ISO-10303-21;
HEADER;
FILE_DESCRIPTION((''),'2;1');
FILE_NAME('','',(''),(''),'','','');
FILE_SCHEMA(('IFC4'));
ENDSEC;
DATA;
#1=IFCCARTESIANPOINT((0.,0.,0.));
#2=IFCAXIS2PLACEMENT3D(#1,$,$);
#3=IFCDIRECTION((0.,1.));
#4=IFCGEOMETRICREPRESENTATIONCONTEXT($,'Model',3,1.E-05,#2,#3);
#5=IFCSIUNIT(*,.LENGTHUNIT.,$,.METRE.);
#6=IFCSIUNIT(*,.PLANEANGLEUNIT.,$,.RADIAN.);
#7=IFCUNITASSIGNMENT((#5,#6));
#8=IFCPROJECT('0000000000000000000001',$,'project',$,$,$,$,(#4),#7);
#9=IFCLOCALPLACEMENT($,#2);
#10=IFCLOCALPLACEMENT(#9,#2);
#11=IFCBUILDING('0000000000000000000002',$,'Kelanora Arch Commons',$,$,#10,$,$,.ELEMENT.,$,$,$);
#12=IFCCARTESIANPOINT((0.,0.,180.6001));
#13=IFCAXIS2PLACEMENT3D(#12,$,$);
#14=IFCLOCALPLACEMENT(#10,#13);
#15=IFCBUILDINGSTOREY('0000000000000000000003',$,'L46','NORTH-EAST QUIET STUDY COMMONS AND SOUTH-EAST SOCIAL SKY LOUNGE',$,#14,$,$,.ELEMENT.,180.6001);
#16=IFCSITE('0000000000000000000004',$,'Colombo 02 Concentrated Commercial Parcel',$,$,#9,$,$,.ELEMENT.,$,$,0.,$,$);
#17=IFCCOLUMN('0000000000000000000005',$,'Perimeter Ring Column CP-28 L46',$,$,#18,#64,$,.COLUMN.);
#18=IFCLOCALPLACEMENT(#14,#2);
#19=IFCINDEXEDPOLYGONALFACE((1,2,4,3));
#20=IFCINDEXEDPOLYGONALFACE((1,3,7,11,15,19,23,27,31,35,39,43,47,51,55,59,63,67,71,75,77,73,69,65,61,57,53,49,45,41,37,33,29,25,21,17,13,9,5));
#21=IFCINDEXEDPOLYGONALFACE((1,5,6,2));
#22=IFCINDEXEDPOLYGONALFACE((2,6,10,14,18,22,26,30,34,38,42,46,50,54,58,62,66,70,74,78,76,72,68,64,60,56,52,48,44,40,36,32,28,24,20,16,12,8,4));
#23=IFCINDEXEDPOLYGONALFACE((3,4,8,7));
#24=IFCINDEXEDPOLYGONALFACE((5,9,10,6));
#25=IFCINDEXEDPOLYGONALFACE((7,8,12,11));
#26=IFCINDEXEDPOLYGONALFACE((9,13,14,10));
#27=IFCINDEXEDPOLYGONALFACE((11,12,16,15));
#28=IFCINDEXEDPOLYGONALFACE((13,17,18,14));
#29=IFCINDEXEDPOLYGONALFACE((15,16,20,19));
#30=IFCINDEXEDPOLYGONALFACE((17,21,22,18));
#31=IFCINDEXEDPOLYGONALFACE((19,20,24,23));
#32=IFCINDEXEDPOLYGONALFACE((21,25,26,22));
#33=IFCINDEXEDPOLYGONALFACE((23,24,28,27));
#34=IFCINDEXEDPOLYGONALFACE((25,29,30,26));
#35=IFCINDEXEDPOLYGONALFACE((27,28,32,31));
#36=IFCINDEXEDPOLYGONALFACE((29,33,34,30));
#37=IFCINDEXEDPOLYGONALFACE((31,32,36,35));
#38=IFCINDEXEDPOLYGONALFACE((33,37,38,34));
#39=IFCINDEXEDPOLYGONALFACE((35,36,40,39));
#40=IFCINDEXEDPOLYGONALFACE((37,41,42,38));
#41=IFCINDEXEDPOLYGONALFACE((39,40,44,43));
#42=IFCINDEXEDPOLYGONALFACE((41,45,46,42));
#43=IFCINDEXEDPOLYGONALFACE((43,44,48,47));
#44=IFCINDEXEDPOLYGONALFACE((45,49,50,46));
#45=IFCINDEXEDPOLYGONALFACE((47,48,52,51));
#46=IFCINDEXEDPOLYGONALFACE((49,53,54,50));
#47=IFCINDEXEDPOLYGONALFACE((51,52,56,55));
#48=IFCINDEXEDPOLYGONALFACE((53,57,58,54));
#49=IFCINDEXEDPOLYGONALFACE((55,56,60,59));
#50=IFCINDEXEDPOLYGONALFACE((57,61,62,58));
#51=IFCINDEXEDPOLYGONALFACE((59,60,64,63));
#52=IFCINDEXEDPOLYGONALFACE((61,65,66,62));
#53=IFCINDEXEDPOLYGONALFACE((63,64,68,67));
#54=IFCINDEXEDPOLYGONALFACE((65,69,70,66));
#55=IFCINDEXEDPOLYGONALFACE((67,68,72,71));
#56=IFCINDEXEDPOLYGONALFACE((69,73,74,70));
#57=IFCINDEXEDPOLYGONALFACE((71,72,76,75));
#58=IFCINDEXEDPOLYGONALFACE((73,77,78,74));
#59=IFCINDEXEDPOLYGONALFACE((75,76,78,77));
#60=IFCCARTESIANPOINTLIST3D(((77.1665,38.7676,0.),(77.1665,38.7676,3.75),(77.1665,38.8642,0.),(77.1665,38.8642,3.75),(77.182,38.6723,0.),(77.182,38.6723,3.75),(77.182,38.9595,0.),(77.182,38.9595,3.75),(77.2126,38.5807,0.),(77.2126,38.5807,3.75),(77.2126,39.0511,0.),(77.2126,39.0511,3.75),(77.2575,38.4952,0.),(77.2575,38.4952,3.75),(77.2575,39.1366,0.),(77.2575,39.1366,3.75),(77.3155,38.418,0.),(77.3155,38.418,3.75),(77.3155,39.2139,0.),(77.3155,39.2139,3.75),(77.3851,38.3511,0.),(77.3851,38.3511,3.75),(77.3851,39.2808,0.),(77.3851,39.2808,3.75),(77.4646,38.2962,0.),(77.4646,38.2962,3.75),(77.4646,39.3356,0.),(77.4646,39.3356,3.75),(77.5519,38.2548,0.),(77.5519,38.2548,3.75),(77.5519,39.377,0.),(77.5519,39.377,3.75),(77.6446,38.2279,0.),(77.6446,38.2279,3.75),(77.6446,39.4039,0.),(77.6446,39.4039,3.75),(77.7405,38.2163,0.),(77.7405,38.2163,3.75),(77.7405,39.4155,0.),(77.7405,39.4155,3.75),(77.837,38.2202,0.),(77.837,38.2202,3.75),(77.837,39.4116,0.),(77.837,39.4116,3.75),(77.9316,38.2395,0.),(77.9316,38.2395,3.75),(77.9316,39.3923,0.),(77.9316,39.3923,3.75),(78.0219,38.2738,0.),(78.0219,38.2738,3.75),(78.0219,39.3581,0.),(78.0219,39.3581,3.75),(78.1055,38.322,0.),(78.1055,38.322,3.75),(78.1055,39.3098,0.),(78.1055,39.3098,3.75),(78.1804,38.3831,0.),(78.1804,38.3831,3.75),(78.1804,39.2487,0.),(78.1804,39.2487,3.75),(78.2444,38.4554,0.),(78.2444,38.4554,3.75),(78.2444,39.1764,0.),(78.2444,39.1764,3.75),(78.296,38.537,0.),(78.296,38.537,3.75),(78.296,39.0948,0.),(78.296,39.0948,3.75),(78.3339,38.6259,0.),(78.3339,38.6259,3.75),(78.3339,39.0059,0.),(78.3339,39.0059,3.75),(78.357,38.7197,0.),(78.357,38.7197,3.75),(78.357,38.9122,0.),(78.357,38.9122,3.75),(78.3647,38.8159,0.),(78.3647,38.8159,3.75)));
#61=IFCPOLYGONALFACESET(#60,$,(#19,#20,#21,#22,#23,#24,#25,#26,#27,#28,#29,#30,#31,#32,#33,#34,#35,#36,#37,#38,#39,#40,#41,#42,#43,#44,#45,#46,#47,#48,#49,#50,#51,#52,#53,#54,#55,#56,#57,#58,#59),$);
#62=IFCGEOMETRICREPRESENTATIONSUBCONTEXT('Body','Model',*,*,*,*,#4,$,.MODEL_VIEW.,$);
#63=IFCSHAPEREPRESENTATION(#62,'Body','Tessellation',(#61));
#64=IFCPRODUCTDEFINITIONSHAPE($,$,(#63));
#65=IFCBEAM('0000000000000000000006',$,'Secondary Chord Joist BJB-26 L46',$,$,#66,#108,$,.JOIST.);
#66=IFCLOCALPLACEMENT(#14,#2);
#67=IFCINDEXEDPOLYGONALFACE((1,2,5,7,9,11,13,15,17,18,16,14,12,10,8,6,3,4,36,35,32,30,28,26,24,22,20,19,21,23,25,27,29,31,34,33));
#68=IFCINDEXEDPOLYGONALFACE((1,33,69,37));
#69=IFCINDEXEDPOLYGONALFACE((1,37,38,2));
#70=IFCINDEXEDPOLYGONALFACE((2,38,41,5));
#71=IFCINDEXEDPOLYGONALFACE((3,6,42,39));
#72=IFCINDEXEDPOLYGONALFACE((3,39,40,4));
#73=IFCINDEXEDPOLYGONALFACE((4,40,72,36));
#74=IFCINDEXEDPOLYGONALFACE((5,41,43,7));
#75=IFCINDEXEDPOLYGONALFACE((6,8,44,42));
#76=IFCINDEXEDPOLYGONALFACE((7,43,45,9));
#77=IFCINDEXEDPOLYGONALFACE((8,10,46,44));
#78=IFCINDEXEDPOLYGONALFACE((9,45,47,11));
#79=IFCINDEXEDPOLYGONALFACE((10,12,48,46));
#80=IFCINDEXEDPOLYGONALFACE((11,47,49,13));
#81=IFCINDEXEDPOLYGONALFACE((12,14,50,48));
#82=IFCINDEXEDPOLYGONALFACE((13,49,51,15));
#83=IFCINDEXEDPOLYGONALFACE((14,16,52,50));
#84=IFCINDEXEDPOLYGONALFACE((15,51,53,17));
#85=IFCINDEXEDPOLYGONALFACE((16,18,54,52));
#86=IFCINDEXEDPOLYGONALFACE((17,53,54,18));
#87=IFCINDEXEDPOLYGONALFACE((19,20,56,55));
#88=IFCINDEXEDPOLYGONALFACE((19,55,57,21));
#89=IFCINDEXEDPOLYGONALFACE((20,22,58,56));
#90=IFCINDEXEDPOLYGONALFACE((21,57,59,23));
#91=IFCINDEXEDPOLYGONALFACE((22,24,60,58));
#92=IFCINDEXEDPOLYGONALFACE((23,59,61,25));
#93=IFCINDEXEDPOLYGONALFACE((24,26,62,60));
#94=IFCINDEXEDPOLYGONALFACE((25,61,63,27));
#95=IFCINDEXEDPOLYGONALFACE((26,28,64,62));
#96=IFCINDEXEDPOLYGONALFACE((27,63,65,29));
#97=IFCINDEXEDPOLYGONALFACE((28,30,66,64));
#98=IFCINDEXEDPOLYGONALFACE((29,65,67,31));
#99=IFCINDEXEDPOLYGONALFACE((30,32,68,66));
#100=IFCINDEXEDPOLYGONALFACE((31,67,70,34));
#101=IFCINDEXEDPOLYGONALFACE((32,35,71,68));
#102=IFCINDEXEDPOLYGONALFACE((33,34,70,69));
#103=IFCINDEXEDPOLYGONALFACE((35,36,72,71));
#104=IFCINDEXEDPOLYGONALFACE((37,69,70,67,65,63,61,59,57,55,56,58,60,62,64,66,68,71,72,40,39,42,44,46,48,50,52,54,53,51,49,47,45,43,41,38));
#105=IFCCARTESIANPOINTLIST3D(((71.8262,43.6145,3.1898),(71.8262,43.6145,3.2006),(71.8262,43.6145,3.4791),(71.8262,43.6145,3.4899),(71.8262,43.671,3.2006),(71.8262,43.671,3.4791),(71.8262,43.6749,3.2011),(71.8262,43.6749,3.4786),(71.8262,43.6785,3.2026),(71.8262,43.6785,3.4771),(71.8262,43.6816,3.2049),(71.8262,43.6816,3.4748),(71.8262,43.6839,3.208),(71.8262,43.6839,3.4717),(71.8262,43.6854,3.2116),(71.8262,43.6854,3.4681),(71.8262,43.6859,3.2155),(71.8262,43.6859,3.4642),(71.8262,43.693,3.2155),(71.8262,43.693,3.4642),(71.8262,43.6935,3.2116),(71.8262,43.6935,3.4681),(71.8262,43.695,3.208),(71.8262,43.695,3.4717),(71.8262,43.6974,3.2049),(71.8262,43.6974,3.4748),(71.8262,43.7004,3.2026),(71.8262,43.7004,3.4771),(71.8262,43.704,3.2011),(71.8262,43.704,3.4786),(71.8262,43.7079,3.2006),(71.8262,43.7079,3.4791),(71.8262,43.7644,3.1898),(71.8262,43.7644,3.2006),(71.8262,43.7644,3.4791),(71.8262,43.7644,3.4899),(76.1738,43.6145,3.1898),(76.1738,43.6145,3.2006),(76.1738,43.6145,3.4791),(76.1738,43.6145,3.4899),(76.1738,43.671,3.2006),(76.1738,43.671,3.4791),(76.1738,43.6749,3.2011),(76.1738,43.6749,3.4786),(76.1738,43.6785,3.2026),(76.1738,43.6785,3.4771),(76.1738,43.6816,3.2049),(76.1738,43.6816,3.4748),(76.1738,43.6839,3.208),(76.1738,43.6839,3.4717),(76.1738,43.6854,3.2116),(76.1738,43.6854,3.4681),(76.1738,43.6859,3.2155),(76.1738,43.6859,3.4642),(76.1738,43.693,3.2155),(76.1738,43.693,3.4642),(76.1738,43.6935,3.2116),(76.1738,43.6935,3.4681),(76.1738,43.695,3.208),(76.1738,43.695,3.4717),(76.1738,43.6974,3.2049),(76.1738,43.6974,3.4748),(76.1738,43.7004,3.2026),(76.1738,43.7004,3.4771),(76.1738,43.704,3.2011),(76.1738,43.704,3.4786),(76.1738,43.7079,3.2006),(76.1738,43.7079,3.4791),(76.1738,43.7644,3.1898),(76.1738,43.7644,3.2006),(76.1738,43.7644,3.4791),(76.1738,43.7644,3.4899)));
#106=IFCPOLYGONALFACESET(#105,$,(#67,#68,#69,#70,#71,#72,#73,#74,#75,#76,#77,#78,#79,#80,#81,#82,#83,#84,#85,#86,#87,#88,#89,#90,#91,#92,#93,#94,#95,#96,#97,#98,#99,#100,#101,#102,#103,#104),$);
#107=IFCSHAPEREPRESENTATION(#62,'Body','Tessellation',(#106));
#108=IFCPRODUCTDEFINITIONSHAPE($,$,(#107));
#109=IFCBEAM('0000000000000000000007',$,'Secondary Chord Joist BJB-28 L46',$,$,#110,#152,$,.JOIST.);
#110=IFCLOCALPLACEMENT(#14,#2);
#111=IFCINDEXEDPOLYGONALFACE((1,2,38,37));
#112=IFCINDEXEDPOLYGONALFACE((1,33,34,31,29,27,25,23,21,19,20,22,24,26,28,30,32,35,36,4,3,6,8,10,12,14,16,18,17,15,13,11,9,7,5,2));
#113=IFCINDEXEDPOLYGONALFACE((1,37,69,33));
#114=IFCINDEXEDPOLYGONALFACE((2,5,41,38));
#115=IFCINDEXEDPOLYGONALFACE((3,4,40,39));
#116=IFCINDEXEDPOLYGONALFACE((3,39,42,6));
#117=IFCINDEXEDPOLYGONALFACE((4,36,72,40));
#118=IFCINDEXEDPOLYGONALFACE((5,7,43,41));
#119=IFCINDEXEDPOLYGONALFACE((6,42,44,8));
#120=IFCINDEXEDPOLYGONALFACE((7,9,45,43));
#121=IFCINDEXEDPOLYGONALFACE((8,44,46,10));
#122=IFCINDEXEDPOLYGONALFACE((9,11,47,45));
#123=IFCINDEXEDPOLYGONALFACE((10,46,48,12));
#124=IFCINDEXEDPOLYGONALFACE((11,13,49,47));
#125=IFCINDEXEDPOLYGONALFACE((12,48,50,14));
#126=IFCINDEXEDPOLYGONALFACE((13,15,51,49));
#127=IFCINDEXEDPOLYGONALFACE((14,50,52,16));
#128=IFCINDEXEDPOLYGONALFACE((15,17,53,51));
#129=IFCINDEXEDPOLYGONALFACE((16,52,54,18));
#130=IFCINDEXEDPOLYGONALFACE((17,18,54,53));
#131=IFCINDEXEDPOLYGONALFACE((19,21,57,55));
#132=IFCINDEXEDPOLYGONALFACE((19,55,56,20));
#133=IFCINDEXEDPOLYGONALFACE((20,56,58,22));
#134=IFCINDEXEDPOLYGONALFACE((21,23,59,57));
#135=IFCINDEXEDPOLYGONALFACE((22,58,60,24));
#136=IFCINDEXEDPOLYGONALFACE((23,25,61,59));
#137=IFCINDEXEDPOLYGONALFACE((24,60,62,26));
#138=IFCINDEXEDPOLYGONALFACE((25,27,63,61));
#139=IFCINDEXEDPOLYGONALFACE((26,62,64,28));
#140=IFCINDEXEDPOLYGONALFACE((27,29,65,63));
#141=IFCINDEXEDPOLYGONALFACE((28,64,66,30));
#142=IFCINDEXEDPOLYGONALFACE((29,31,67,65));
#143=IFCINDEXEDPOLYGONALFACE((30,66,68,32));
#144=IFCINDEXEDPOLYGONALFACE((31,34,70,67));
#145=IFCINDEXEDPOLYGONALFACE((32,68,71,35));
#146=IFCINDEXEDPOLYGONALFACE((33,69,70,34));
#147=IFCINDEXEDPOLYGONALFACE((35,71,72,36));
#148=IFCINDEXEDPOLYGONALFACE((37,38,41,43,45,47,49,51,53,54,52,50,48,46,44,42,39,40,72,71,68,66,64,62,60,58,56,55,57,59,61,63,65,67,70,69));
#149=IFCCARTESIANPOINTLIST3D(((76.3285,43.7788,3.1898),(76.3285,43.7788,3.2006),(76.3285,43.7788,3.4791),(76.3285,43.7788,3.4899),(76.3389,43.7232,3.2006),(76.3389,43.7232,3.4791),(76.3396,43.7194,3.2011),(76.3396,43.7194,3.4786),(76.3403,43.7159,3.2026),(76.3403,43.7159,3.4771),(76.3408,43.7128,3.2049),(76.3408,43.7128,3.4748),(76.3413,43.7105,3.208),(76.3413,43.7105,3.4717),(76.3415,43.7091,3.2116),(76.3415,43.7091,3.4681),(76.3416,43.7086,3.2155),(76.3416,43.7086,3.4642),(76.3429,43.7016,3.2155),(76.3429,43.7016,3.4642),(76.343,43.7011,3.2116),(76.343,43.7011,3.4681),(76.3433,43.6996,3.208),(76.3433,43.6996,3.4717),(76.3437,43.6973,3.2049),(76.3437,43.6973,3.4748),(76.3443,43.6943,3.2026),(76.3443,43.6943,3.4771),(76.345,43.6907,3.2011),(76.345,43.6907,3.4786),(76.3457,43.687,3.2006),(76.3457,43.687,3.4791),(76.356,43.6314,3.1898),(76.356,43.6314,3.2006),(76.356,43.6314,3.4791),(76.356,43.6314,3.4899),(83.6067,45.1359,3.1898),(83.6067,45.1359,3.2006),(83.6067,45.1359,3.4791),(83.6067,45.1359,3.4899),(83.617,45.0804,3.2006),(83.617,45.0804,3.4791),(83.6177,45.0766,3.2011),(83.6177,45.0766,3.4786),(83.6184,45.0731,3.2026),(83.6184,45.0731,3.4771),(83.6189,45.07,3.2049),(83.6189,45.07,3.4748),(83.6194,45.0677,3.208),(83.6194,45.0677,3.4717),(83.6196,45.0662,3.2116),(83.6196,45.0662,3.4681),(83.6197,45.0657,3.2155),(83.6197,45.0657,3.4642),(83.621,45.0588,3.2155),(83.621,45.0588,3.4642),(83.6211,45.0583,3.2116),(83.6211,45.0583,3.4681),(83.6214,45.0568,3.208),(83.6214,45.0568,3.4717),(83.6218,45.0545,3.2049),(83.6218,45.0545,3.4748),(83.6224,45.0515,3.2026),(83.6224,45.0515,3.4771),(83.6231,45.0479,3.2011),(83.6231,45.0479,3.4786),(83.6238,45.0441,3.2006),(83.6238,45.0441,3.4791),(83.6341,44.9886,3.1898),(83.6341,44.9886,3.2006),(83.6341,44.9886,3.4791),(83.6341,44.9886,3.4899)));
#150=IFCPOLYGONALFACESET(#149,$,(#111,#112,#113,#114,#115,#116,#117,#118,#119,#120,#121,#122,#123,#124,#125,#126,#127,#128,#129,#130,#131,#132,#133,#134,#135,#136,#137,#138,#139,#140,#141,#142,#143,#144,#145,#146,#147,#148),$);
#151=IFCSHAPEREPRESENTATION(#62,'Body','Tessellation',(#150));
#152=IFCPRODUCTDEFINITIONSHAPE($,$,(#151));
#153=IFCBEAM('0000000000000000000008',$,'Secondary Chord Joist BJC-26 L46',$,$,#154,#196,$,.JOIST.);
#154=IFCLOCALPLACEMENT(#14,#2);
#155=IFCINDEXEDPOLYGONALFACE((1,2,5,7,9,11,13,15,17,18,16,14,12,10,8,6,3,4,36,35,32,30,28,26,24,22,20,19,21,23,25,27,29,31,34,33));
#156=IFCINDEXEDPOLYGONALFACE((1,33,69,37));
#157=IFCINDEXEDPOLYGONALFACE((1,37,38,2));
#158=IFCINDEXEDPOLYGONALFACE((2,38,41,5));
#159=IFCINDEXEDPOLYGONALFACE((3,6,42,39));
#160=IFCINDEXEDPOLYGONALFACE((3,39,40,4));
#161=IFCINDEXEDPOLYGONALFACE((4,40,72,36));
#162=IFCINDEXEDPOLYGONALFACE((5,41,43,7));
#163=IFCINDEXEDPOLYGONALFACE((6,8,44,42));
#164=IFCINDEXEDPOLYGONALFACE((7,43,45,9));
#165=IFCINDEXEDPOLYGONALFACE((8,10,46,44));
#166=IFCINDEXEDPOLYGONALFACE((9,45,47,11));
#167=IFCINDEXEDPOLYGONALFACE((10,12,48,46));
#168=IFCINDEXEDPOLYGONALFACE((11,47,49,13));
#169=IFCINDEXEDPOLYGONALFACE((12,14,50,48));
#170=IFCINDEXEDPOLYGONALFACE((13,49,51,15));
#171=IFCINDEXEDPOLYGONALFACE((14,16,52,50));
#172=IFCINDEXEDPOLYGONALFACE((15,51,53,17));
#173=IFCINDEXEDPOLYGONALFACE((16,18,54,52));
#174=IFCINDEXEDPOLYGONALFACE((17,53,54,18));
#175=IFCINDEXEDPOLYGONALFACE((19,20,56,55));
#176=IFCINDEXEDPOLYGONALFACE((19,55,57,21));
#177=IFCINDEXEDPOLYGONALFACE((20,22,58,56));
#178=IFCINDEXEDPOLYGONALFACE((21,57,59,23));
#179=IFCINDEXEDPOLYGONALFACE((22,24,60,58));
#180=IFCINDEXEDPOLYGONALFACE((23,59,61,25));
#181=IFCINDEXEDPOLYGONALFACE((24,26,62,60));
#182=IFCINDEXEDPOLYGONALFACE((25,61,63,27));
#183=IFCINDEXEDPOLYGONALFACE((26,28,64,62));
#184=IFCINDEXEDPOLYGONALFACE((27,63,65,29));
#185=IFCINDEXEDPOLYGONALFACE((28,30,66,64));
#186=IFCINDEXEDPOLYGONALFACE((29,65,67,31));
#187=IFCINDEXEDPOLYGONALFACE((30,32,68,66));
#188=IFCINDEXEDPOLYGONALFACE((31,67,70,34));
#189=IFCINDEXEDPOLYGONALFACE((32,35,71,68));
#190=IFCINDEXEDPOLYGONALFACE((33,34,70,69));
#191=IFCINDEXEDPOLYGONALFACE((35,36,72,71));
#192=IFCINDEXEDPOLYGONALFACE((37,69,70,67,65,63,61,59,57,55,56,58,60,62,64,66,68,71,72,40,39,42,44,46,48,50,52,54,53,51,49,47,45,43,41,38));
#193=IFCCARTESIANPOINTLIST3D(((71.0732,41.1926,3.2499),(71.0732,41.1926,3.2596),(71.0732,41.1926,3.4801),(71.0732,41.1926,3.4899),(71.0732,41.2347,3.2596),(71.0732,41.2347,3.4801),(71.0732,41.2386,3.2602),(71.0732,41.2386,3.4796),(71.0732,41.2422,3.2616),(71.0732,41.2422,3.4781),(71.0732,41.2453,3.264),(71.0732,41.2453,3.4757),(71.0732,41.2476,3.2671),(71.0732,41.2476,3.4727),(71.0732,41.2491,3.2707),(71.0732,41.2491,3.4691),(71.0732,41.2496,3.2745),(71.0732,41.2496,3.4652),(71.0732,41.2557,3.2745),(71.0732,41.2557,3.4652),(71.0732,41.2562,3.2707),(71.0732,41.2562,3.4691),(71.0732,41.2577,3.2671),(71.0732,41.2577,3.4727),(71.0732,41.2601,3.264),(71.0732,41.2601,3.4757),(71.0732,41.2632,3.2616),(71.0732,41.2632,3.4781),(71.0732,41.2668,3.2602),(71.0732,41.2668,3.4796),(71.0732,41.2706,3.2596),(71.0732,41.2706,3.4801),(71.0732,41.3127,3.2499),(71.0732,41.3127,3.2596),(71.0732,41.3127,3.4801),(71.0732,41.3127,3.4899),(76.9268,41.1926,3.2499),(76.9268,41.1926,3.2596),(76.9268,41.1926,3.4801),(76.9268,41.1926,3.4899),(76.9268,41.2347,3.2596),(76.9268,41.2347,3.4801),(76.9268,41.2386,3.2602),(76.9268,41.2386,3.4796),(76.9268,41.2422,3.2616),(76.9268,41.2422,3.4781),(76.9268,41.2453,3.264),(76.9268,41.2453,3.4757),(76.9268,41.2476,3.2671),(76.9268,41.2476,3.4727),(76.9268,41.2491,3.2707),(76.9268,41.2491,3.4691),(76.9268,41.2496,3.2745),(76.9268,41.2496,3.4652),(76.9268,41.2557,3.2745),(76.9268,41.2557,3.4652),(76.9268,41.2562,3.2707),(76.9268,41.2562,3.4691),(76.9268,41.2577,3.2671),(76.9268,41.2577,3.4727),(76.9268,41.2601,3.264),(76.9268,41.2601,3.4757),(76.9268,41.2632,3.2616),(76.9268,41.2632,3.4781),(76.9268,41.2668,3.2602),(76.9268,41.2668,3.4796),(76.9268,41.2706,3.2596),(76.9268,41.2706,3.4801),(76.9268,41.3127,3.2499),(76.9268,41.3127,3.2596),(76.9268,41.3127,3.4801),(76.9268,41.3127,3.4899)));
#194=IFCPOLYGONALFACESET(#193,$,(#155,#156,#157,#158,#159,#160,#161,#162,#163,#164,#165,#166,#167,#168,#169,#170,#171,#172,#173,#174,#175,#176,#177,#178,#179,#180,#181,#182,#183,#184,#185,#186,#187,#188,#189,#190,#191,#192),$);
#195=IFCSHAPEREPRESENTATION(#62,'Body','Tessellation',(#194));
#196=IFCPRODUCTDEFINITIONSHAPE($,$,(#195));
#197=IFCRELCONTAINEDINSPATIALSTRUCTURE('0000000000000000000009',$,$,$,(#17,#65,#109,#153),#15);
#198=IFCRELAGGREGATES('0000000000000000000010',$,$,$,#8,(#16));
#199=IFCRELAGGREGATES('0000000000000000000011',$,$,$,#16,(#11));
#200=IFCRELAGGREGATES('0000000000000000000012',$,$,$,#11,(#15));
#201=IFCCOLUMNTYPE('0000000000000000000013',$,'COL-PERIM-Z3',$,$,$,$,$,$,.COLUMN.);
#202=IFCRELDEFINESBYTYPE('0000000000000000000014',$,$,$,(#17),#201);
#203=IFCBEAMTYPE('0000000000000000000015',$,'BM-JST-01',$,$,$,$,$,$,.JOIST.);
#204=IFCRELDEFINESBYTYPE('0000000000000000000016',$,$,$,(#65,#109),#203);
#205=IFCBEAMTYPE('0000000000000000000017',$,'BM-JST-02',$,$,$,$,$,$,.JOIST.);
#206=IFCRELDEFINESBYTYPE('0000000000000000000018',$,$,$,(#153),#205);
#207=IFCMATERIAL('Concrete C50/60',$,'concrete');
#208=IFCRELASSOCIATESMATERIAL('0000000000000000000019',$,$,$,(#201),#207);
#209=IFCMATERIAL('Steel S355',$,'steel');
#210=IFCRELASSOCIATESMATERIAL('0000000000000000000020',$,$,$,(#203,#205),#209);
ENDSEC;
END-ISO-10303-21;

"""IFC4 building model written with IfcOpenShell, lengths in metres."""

from ifc_helpers import new_model, si_unit, direction, frame, origin, origin_2d, place, context, subcontext, project, spatial, circle, i_section, extrude, material, material_profile, profile_set, type_object, element, save


model = new_model("IFC4")

# Units and contexts
model_context = context("Model", 3, precision=1e-05, world=origin(), true_north=direction((0.0, 1.0)))
body_context = subcontext(model_context, "Body", "Model", "MODEL_VIEW")
ifc_project = project(units=[si_unit("LENGTHUNIT", "METRE"), si_unit("PLANEANGLEUNIT", "RADIAN")], contexts=[model_context])

# Site, building, storey
site_placement = place(None, origin())
site = spatial("IfcSite", under=ifc_project, at=site_placement, Name="Colombo 02 Concentrated Commercial Parcel", CompositionType="ELEMENT", RefElevation=0.0)
building_placement = place(site_placement, origin())
building = spatial("IfcBuilding", under=site, at=building_placement, Name="Kelanora Arch Commons", CompositionType="ELEMENT")
storey_placement = place(building_placement, frame((0.0, 0.0, 180.6001)))
storey = spatial("IfcBuildingStorey", under=building, at=storey_placement, Name="L46", Description="NORTH-EAST QUIET STUDY COMMONS AND SOUTH-EAST SOCIAL SKY LOUNGE", CompositionType="ELEMENT", Elevation=180.6001)

# Column
ifc_material_1 = material(Name="Concrete C50/60", Category="concrete")
ifc_material_profile_1 = material_profile(ifc_material_1, circle(Radius=0.6001, at=origin_2d()), Name="RCC1200")
ifc_profile_set_1 = profile_set([ifc_material_profile_1], Name="Concrete C50/60")
column_type = type_object("IfcColumnType", Name="COL-PERIM-Z3", PredefinedType="COLUMN", material=ifc_profile_set_1)
column_placement = place(storey_placement, frame((77.7646, 38.8159, 0.0), z_axis=(0.0, 0.0, 1.0), x_axis=(1.0, 0.0, 0.0)))
element("IfcColumn", 1, at=column_placement, inside=storey, type_object=column_type, Name="Perimeter Ring Column CP-28 L46", PredefinedType="COLUMN", context=body_context, shape_type="SweptSolid", body=[
    extrude(circle(Radius=0.6001, at=origin_2d()), origin(), (0.0, 0.0, 1.0), 3.75),
])

# Beams
ifc_material_2 = material(Name="Steel S355", Category="steel")
ifc_material_profile_2 = material_profile(ifc_material_2, i_section(OverallWidth=0.1499, OverallDepth=0.3, WebThickness=0.0071, FlangeThickness=0.0107, FilletRadius=0.0149, at=origin_2d()), Name="IPE300")
ifc_profile_set_2 = profile_set([ifc_material_profile_2], Name="Steel S355")
beam_type_1 = type_object("IfcBeamType", Name="BM-JST-01", PredefinedType="JOIST", material=ifc_profile_set_2)
beam_1_placement = place(storey_placement, frame((71.8262, 43.6895, 3.3398), z_axis=(1.0, 0.0, 0.0), x_axis=(0.0, 1.0, 0.0)))
element("IfcBeam", 2, at=beam_1_placement, inside=storey, type_object=beam_type_1, Name="Secondary Chord Joist BJB-26 L46", PredefinedType="JOIST", context=body_context, shape_type="SweptSolid", body=[
    extrude(i_section(OverallWidth=0.1499, OverallDepth=0.3, WebThickness=0.0071, FlangeThickness=0.0107, FilletRadius=0.0149, at=origin_2d()), origin(), (0.0, 0.0, 1.0), 4.3477),
])
beam_2_placement = place(storey_placement, frame((76.3423, 43.7051, 3.3398), z_axis=(0.983054, 0.183315, 0.0), x_axis=(-0.183315, 0.983054, 0.0)))
element("IfcBeam", 3, at=beam_2_placement, inside=storey, type_object=beam_type_1, Name="Secondary Chord Joist BJB-28 L46", PredefinedType="JOIST", context=body_context, shape_type="SweptSolid", body=[
    extrude(i_section(OverallWidth=0.1499, OverallDepth=0.3, WebThickness=0.0071, FlangeThickness=0.0107, FilletRadius=0.0149, at=origin_2d()), origin(), (0.0, 0.0, 1.0), 7.4036),
])
ifc_material_profile_3 = material_profile(ifc_material_2, i_section(OverallWidth=0.1201, OverallDepth=0.24, WebThickness=0.0061, FlangeThickness=0.0098, FilletRadius=0.0149, at=origin_2d()), Name="IPE240")
ifc_profile_set_3 = profile_set([ifc_material_profile_3], Name="Steel S355")
beam_type_2 = type_object("IfcBeamType", Name="BM-JST-02", PredefinedType="JOIST", material=ifc_profile_set_3)
beam_3_placement = place(storey_placement, frame((71.0732, 41.2527, 3.3699), z_axis=(1.0, 0.0, 0.0), x_axis=(0.0, 1.0, 0.0)))
element("IfcBeam", 4, at=beam_3_placement, inside=storey, type_object=beam_type_2, Name="Secondary Chord Joist BJC-26 L46", PredefinedType="JOIST", context=body_context, shape_type="SweptSolid", body=[
    extrude(i_section(OverallWidth=0.1201, OverallDepth=0.24, WebThickness=0.0061, FlangeThickness=0.0098, FilletRadius=0.0149, at=origin_2d()), origin(), (0.0, 0.0, 1.0), 5.8535),
])

save(model, "model.ifc")
